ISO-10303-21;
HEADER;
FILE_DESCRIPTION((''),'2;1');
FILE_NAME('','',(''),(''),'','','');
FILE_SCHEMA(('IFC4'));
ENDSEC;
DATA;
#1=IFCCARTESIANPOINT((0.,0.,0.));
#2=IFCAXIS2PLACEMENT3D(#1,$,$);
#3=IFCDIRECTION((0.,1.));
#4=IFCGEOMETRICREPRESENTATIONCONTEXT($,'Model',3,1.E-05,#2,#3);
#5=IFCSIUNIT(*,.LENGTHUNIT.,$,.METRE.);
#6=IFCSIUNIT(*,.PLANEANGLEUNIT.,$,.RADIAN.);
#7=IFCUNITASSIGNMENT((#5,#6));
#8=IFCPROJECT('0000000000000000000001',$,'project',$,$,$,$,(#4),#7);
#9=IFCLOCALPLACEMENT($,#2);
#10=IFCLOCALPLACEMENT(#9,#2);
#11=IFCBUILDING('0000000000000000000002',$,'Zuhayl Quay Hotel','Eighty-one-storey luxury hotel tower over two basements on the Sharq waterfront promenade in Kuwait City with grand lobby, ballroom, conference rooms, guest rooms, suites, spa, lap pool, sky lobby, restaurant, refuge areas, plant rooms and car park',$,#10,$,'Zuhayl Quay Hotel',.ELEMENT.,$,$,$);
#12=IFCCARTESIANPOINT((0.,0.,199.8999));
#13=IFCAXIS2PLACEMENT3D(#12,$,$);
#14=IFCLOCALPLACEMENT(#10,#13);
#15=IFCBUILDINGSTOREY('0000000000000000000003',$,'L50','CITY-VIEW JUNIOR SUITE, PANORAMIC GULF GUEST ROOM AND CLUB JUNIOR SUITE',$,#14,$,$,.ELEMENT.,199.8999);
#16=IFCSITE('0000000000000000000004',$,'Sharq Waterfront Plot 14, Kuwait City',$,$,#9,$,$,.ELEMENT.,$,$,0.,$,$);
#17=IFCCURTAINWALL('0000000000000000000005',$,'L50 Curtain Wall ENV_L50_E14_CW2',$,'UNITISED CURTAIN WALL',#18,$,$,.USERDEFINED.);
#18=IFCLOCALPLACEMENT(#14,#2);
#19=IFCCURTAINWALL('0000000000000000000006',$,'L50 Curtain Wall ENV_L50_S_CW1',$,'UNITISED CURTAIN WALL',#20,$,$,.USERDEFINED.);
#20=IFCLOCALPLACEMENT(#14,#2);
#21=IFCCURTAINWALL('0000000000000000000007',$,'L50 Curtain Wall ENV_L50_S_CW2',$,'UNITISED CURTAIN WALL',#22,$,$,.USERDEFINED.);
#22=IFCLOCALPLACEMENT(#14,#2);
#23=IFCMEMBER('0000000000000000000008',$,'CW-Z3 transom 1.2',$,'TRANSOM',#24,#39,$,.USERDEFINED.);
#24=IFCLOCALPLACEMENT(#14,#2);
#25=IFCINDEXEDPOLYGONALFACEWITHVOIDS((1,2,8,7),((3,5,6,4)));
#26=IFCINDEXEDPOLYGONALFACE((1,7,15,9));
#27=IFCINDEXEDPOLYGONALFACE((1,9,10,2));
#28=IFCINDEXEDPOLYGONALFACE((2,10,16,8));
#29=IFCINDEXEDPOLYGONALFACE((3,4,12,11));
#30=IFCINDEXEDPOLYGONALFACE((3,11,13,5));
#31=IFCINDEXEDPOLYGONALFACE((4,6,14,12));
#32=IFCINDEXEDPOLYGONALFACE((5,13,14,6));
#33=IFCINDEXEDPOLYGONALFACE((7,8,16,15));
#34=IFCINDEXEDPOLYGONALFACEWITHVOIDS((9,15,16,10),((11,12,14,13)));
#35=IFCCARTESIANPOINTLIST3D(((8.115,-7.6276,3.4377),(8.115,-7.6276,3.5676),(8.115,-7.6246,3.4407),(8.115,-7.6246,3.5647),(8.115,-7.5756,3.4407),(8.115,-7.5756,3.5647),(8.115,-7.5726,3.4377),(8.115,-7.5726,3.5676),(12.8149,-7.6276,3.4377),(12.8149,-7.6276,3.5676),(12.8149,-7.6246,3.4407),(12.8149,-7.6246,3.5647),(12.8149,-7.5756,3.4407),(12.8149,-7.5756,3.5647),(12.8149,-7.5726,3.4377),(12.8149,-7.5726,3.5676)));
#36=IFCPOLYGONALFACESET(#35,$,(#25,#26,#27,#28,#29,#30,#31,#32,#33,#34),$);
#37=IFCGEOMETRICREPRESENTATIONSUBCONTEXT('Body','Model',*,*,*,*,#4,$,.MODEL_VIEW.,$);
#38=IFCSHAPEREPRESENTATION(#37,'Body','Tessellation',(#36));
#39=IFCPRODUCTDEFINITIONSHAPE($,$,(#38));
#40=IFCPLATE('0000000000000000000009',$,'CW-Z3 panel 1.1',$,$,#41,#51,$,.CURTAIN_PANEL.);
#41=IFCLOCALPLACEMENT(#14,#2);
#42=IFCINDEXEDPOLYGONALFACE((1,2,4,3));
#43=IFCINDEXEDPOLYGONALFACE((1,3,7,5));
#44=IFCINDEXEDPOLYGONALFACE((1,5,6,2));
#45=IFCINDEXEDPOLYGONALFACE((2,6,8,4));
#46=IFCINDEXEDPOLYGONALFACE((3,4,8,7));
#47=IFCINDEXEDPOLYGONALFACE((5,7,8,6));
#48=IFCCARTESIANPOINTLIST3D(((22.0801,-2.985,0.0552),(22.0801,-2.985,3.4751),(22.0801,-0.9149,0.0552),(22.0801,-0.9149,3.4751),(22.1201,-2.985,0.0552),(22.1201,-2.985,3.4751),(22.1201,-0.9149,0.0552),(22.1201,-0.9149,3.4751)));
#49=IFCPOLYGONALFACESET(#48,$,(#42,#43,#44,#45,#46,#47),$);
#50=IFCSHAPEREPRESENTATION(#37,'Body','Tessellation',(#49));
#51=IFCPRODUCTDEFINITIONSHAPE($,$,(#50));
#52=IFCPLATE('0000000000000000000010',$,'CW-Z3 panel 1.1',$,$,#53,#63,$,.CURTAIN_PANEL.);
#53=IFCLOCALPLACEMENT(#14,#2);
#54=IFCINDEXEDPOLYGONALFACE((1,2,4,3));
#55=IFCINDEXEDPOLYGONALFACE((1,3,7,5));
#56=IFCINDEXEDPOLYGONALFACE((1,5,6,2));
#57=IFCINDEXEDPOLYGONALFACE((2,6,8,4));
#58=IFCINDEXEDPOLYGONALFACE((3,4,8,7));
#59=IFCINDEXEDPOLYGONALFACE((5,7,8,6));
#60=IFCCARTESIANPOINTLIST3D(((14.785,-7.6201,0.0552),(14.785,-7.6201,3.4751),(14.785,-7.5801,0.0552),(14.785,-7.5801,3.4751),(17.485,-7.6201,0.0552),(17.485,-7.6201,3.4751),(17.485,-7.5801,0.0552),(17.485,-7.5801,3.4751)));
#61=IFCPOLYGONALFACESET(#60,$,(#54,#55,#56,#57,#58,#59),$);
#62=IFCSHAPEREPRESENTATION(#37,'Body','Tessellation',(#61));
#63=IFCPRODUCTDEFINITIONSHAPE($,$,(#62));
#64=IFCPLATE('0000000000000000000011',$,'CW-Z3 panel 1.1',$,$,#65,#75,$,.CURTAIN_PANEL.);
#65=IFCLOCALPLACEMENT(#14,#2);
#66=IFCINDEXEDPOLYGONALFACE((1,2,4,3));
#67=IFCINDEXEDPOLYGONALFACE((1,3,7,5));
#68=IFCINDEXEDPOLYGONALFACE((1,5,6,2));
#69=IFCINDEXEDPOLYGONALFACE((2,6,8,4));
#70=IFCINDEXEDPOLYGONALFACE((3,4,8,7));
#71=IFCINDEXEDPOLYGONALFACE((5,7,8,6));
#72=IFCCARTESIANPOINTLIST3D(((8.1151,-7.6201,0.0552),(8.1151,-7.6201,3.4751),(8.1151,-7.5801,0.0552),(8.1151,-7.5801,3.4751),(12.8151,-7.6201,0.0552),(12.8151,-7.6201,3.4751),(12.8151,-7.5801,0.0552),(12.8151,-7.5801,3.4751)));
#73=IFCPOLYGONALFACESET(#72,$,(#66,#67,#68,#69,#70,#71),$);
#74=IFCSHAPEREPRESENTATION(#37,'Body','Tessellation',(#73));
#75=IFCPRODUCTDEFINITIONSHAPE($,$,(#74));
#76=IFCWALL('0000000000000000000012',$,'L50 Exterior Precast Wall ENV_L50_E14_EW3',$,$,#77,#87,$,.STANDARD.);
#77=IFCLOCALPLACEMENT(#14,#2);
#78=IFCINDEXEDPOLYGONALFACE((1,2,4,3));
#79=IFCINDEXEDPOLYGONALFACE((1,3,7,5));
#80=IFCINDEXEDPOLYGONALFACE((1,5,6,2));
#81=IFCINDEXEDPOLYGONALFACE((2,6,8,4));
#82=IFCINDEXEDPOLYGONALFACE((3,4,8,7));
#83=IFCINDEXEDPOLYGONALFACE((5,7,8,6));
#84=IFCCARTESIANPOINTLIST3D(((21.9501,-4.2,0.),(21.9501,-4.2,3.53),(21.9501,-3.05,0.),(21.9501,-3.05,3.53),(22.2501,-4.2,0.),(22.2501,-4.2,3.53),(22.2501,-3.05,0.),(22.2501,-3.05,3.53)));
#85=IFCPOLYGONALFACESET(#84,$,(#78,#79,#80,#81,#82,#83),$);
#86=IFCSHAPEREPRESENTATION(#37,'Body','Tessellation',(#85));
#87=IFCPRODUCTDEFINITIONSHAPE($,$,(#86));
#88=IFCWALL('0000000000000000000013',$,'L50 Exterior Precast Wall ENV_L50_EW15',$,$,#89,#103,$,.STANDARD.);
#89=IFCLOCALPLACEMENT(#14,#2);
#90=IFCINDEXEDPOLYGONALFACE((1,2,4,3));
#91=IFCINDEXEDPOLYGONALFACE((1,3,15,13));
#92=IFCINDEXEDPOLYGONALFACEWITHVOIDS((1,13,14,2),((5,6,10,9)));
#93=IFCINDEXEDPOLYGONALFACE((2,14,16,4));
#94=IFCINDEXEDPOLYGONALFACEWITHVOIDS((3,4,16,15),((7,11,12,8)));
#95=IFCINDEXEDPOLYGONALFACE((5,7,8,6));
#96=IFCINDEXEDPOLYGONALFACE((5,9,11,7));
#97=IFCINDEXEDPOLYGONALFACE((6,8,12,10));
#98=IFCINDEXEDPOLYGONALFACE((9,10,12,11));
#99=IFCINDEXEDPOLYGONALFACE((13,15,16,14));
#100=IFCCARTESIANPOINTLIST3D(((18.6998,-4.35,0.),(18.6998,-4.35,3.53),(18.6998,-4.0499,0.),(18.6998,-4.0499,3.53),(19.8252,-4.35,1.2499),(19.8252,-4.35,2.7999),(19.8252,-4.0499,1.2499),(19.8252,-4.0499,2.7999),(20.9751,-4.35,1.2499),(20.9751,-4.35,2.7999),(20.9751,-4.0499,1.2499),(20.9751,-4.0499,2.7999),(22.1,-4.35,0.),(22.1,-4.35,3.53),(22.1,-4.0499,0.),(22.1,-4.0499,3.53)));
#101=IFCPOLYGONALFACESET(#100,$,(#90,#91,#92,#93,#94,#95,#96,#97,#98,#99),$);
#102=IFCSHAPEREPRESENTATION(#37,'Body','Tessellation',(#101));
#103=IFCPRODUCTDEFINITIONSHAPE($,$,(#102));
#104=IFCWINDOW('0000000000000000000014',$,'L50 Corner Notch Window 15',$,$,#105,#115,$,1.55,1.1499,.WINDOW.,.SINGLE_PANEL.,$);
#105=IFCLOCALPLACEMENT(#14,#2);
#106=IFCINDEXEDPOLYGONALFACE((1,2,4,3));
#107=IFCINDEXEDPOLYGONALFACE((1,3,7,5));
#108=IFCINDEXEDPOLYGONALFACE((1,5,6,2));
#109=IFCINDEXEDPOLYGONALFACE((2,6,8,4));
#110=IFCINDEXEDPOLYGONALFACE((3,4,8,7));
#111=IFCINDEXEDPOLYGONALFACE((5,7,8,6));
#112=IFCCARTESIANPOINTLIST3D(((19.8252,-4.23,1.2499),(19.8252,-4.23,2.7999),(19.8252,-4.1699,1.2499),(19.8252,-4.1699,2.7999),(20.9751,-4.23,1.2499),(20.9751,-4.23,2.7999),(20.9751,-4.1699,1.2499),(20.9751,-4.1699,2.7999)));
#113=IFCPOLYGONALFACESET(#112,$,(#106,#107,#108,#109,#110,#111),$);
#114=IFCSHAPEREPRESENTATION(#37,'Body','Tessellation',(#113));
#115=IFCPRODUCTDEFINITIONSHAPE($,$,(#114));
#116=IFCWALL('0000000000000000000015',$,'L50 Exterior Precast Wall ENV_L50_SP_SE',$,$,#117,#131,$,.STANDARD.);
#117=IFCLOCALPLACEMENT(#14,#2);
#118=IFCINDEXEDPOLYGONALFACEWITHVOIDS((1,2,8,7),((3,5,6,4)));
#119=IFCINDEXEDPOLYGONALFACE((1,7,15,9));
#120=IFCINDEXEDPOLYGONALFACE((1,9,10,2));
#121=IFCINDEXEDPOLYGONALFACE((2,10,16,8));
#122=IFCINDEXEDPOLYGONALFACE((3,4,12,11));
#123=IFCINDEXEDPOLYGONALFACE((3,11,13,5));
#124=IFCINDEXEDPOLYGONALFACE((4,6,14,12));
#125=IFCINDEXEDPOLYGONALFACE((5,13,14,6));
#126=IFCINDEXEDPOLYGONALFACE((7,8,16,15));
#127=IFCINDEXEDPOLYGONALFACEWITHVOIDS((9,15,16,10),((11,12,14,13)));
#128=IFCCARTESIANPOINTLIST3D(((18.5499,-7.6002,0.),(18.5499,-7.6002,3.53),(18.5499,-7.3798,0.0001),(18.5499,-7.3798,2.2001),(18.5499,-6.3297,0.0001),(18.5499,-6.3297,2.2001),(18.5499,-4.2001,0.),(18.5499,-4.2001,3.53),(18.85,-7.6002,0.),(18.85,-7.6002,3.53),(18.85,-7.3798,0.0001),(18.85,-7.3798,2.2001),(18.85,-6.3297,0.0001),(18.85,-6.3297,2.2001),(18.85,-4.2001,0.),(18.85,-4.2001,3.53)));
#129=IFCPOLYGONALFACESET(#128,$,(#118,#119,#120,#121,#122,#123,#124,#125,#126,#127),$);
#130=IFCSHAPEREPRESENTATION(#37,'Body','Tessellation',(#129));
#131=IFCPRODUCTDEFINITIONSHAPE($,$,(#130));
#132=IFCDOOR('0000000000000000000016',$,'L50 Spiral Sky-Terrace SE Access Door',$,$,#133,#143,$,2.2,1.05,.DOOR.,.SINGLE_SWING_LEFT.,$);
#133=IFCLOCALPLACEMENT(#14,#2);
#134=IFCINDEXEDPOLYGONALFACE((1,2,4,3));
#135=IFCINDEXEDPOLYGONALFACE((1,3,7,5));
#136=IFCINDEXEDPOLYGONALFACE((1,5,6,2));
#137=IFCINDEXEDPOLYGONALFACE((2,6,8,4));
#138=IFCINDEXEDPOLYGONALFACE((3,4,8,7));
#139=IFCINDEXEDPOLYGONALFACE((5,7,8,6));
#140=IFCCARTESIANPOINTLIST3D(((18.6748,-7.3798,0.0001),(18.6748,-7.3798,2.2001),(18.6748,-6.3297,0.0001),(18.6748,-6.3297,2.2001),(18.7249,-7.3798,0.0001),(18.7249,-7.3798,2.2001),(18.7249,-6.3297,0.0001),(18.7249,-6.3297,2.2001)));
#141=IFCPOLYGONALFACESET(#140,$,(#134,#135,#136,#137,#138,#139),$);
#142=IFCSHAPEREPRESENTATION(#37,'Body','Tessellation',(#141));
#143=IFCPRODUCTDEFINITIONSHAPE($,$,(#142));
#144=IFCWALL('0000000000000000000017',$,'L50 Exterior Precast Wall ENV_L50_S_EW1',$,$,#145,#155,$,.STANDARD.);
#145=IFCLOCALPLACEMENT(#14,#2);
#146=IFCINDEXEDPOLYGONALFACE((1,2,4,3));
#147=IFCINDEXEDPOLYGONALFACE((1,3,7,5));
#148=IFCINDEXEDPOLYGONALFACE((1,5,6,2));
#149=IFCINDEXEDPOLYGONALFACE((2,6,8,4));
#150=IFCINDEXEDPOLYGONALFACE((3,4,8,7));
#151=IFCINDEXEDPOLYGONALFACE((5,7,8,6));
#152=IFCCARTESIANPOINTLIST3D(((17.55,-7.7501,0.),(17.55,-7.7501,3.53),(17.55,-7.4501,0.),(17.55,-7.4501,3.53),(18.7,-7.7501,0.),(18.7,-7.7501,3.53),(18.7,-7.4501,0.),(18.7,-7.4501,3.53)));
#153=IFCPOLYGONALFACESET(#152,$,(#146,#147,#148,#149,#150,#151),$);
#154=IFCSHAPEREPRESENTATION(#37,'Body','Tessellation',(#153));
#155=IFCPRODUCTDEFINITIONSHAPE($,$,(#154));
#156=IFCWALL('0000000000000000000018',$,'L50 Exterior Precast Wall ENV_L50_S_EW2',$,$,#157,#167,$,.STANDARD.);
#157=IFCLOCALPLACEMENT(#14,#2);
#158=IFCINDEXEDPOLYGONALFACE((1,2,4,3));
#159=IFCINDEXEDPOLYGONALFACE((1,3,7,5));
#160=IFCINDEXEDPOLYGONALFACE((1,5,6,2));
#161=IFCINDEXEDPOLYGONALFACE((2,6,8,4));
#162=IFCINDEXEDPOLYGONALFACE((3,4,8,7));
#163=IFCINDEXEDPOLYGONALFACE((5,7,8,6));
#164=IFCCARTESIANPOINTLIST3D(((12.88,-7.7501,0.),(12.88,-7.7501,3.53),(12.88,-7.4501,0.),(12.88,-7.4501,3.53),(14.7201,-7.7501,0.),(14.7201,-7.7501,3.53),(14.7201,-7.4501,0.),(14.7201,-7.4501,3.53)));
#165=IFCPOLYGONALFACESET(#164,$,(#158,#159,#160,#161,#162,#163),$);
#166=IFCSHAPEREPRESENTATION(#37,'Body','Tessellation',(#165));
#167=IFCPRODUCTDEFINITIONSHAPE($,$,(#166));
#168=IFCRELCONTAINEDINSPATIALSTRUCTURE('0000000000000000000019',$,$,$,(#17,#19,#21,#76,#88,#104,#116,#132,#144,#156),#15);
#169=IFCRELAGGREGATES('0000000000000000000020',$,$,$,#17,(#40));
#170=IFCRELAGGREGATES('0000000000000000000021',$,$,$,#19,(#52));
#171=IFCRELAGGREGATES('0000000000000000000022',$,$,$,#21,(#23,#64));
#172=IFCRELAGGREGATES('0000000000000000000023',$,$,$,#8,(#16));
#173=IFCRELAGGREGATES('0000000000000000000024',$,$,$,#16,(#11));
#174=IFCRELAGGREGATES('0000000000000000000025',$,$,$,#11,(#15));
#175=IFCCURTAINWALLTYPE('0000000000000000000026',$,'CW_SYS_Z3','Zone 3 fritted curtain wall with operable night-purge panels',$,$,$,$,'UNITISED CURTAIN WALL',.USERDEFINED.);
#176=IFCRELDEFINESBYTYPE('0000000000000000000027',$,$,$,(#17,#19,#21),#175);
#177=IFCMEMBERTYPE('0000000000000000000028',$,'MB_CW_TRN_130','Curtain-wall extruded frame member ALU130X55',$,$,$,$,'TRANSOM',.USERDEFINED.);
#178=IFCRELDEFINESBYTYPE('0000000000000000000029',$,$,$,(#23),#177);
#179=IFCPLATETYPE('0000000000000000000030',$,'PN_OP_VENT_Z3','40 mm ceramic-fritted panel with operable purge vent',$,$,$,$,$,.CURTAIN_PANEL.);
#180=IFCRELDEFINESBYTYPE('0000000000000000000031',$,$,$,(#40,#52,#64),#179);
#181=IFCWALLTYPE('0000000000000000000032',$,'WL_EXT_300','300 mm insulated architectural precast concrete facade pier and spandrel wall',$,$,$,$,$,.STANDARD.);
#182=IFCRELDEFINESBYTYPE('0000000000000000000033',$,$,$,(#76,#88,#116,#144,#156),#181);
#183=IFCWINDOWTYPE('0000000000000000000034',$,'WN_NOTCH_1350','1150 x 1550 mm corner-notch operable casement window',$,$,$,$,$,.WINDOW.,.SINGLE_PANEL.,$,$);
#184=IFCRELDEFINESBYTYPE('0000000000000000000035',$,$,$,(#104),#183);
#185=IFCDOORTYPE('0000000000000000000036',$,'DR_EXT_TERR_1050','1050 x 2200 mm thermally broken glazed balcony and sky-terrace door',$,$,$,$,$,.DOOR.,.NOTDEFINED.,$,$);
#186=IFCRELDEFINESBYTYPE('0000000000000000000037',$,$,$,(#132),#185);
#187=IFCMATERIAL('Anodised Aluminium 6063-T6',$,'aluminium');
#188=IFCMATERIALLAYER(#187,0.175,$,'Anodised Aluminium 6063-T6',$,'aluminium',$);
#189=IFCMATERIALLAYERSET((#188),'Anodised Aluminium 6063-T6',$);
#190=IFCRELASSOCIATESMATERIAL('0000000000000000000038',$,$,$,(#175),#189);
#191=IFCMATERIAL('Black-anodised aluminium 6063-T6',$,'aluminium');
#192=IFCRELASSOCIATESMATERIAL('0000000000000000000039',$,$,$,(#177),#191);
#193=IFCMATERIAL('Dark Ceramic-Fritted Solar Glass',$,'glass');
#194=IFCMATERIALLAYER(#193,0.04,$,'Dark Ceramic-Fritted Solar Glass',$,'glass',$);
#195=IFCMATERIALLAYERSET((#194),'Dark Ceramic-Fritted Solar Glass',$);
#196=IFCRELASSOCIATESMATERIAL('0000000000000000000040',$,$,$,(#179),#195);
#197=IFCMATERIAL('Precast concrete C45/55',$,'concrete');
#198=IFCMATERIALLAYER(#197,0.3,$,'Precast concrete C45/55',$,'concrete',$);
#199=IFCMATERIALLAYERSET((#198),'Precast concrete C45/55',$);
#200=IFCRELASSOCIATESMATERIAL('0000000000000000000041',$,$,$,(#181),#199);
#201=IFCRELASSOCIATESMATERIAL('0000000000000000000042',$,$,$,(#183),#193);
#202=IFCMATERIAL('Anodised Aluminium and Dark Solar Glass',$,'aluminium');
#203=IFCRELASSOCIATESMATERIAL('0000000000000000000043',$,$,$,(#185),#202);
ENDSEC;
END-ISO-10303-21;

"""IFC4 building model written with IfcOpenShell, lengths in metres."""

from ifc_helpers import new_model, si_unit, direction, frame, frame_2d, origin, origin_2d, place, context, subcontext, project, spatial, rectangle, hollow_rectangle, extrude, material, layer, layer_set, material_profile, profile_set, type_object, element, fill, aggregate, save


model = new_model("IFC4")

# Units and contexts
model_context = context("Model", 3, precision=1e-05, world=origin(), true_north=direction((0.0, 1.0)))
body_context = subcontext(model_context, "Body", "Model", "MODEL_VIEW")
ifc_project = project(units=[si_unit("LENGTHUNIT", "METRE"), si_unit("PLANEANGLEUNIT", "RADIAN")], contexts=[model_context])

# Site, building, storey
site_placement = place(None, origin())
site = spatial("IfcSite", under=ifc_project, at=site_placement, Name="Sharq Waterfront Plot 14, Kuwait City", CompositionType="ELEMENT", RefElevation=0.0)
building_placement = place(site_placement, origin())
building = spatial("IfcBuilding", under=site, at=building_placement, Name="Zuhayl Quay Hotel", Description="Eighty-one-storey luxury hotel tower over two basements on the Sharq waterfront promenade in Kuwait City with grand lobby, ballroom, conference rooms, guest rooms, suites, spa, lap pool, sky lobby, restaurant, refuge areas, plant rooms and car park", LongName="Zuhayl Quay Hotel", CompositionType="ELEMENT")
storey_placement = place(building_placement, frame((0.0, 0.0, 199.8999)))
storey = spatial("IfcBuildingStorey", under=building, at=storey_placement, Name="L50", Description="CITY-VIEW JUNIOR SUITE, PANORAMIC GULF GUEST ROOM AND CLUB JUNIOR SUITE", CompositionType="ELEMENT", Elevation=199.8999)

# Curtain wall
ifc_material_1 = material(Name="Anodised Aluminium 6063-T6", Category="aluminium")
ifc_layer_1 = layer(ifc_material_1, 0.175, Name="Anodised Aluminium 6063-T6", Category="aluminium")
ifc_layer_set_1 = layer_set([ifc_layer_1], Name="Anodised Aluminium 6063-T6")
curtain_wall_type = type_object("IfcCurtainWallType", Name="CW_SYS_Z3", Description="Zone 3 fritted curtain wall with operable night-purge panels", ElementType="UNITISED CURTAIN WALL", PredefinedType="USERDEFINED", material=ifc_layer_set_1)
curtain_wall_1_placement = place(storey_placement, origin())
curtain_wall_1 = element("IfcCurtainWall", 1, at=curtain_wall_1_placement, inside=storey, type_object=curtain_wall_type, Name="L50 Curtain Wall ENV_L50_E14_CW2", ObjectType="UNITISED CURTAIN WALL", PredefinedType="USERDEFINED")
ifc_material_2 = material(Name="Black-anodised aluminium 6063-T6", Category="aluminium")

# Curtain wall
curtain_wall_2_placement = place(storey_placement, origin())
curtain_wall_2 = element("IfcCurtainWall", 2, at=curtain_wall_2_placement, inside=storey, type_object=curtain_wall_type, Name="L50 Curtain Wall ENV_L50_S_CW1", ObjectType="UNITISED CURTAIN WALL", PredefinedType="USERDEFINED")

# Curtain wall
curtain_wall_3_placement = place(storey_placement, origin())
curtain_wall_3 = element("IfcCurtainWall", 3, at=curtain_wall_3_placement, inside=storey, type_object=curtain_wall_type, Name="L50 Curtain Wall ENV_L50_S_CW2", ObjectType="UNITISED CURTAIN WALL", PredefinedType="USERDEFINED")

# Member
ifc_material_profile_1 = material_profile(ifc_material_2, hollow_rectangle(XDim=0.0549, YDim=0.1299, WallThickness=0.0029, at=origin_2d()), Name="ALU130X55")
ifc_profile_set_1 = profile_set([ifc_material_profile_1], Name="Black-anodised aluminium 6063-T6")
member_type_1 = type_object("IfcMemberType", Name="MB_CW_TRN_130", Description="Curtain-wall extruded frame member ALU130X55", ElementType="TRANSOM", PredefinedType="USERDEFINED", material=ifc_profile_set_1)
member_1_placement = place(storey_placement, frame((12.8149, -7.6001, 3.5027), z_axis=(-1.0, 0.0, 0.0), x_axis=(0.0, -1.0, 0.0)))
member_1 = element("IfcMember", 4, at=member_1_placement, type_object=member_type_1, Name="CW-Z3 transom 1.2", ObjectType="TRANSOM", PredefinedType="USERDEFINED", context=body_context, shape_type="SweptSolid", body=[
    extrude(hollow_rectangle(XDim=0.0549, YDim=0.1299, WallThickness=0.0029, at=origin_2d()), origin(), (0.0, 0.0, 1.0), 4.7),
])

# Plates
ifc_material_3 = material(Name="Dark Ceramic-Fritted Solar Glass", Category="glass")
ifc_layer_2 = layer(ifc_material_3, 0.04, Name="Dark Ceramic-Fritted Solar Glass", Category="glass")
ifc_layer_set_2 = layer_set([ifc_layer_2], Name="Dark Ceramic-Fritted Solar Glass")
plate_type = type_object("IfcPlateType", Name="PN_OP_VENT_Z3", Description="40 mm ceramic-fritted panel with operable purge vent", PredefinedType="CURTAIN_PANEL", material=ifc_layer_set_2)
plate_1_placement = place(storey_placement, frame((22.1001, -1.95, 0.0552), z_axis=(0.0, 0.0, 1.0), x_axis=(0.0, -1.0, 0.0)))
plate_1 = element("IfcPlate", 5, at=plate_1_placement, type_object=plate_type, Name="CW-Z3 panel 1.1", PredefinedType="CURTAIN_PANEL", context=body_context, shape_type="SweptSolid", body=[
    extrude(rectangle(XDim=2.0701, YDim=0.04, at=origin_2d()), origin(), (0.0, 0.0, 1.0), 3.4199),
])
aggregate(curtain_wall_1, [plate_1])
plate_2_placement = place(storey_placement, frame((16.135, -7.6001, 0.0552), z_axis=(0.0, 0.0, 1.0), x_axis=(-1.0, 0.0, 0.0)))
plate_2 = element("IfcPlate", 6, at=plate_2_placement, type_object=plate_type, Name="CW-Z3 panel 1.1", PredefinedType="CURTAIN_PANEL", context=body_context, shape_type="SweptSolid", body=[
    extrude(rectangle(XDim=2.7, YDim=0.04, at=origin_2d()), origin(), (0.0, 0.0, 1.0), 3.4199),
])
aggregate(curtain_wall_2, [plate_2])
plate_3_placement = place(storey_placement, frame((10.4651, -7.6001, 0.0552), z_axis=(0.0, 0.0, 1.0), x_axis=(-1.0, 0.0, 0.0)))
plate_3 = element("IfcPlate", 7, at=plate_3_placement, type_object=plate_type, Name="CW-Z3 panel 1.1", PredefinedType="CURTAIN_PANEL", context=body_context, shape_type="SweptSolid", body=[
    extrude(rectangle(XDim=4.7, YDim=0.04, at=origin_2d()), origin(), (0.0, 0.0, 1.0), 3.4199),
])
aggregate(curtain_wall_3, [member_1, plate_3])

# Wall
ifc_material_4 = material(Name="Precast concrete C45/55", Category="concrete")
ifc_layer_3 = layer(ifc_material_4, 0.3, Name="Precast concrete C45/55", Category="concrete")
ifc_layer_set_3 = layer_set([ifc_layer_3], Name="Precast concrete C45/55")
wall_type_1 = type_object("IfcWallType", Name="WL_EXT_300", Description="300 mm insulated architectural precast concrete facade pier and spandrel wall", PredefinedType="STANDARD", material=ifc_layer_set_3)
wall_1_placement = place(storey_placement, frame((22.1001, -3.05, 0.0), z_axis=(0.0, 0.0, 1.0), x_axis=(0.0, -1.0, 0.0)))
element("IfcWall", 8, at=wall_1_placement, inside=storey, type_object=wall_type_1, Name="L50 Exterior Precast Wall ENV_L50_E14_EW3", PredefinedType="STANDARD", context=body_context, shape_type="SweptSolid", body=[
    extrude(rectangle(XDim=1.1499, YDim=0.3, at=frame_2d((0.575, 0.0))), origin(), (0.0, 0.0, 1.0), 3.53),
])

# Wall, opening, window
wall_2_placement = place(storey_placement, frame((22.1001, -4.2, 0.0), z_axis=(0.0, 0.0, 1.0), x_axis=(-1.0, 0.0, 0.0)))
wall_2 = element("IfcWall", 9, at=wall_2_placement, inside=storey, type_object=wall_type_1, Name="L50 Exterior Precast Wall ENV_L50_EW15", PredefinedType="STANDARD", context=body_context, shape_type="SweptSolid", body=[
    extrude(rectangle(XDim=3.4001, YDim=0.3, at=frame_2d((1.7002, 0.0))), origin(), (0.0, 0.0, 1.0), 3.53),
])
opening_1_placement = place(wall_2_placement, frame((1.125, 0.0, 1.25)))
opening_1 = element("IfcOpeningElement", 10, at=opening_1_placement, cuts=wall_2, PredefinedType="OPENING", context=body_context, shape_type="SweptSolid", body=[
    extrude(rectangle(XDim=1.1499, YDim=1.55, at=frame_2d((0.575, 0.7749))), frame((0.0, 0.1599, 0.0), z_axis=(0.0, -1.0, 0.0), x_axis=(1.0, 0.0, 0.0)), (0.0, 0.0, 1.0), 0.3201),
])
window_type = type_object("IfcWindowType", Name="WN_NOTCH_1350", Description="1150 x 1550 mm corner-notch operable casement window", PartitioningType="SINGLE_PANEL", PredefinedType="WINDOW", material=ifc_material_3)
window_placement = place(opening_1_placement, origin())
window = element("IfcWindow", 11, at=window_placement, inside=storey, type_object=window_type, Name="L50 Corner Notch Window 15", OverallHeight=1.55, OverallWidth=1.1499, PartitioningType="SINGLE_PANEL", PredefinedType="WINDOW", context=body_context, shape_type="SweptSolid", body=[
    extrude(rectangle(XDim=1.1499, YDim=1.55, at=frame_2d((0.575, 0.7749))), frame((0.0, 0.03, 0.0), z_axis=(0.0, -1.0, 0.0), x_axis=(1.0, 0.0, 0.0)), (0.0, 0.0, 1.0), 0.0601),
])
fill(opening_1, window)

# Wall, opening, door
wall_3_placement = place(storey_placement, frame((18.7, -4.2, 0.0), z_axis=(0.0, 0.0, 1.0), x_axis=(0.0, -1.0, 0.0)))
wall_3 = element("IfcWall", 12, at=wall_3_placement, inside=storey, type_object=wall_type_1, Name="L50 Exterior Precast Wall ENV_L50_SP_SE", PredefinedType="STANDARD", context=body_context, shape_type="SweptSolid", body=[
    extrude(rectangle(XDim=3.4001, YDim=0.3, at=frame_2d((1.7002, 0.0))), origin(), (0.0, 0.0, 1.0), 3.53),
])
opening_2_placement = place(wall_3_placement, frame((2.1299, 0.0, 0.0)))
opening_2 = element("IfcOpeningElement", 13, at=opening_2_placement, cuts=wall_3, PredefinedType="OPENING", context=body_context, shape_type="SweptSolid", body=[
    extrude(rectangle(XDim=1.05, YDim=2.2, at=frame_2d((0.5249, 1.1001))), frame((0.0, 0.1599, 0.0), z_axis=(0.0, -1.0, 0.0), x_axis=(1.0, 0.0, 0.0)), (0.0, 0.0, 1.0), 0.3201),
])
ifc_material_5 = material(Name="Anodised Aluminium and Dark Solar Glass", Category="aluminium")
door_type_1 = type_object("IfcDoorType", Name="DR_EXT_TERR_1050", Description="1050 x 2200 mm thermally broken glazed balcony and sky-terrace door", OperationType="NOTDEFINED", PredefinedType="DOOR", material=ifc_material_5)
door_1_placement = place(opening_2_placement, origin())
door_1 = element("IfcDoor", 14, at=door_1_placement, inside=storey, type_object=door_type_1, Name="L50 Spiral Sky-Terrace SE Access Door", OperationType="SINGLE_SWING_LEFT", OverallHeight=2.2, OverallWidth=1.05, PredefinedType="DOOR", context=body_context, shape_type="SweptSolid", body=[
    extrude(rectangle(XDim=1.05, YDim=2.2, at=frame_2d((0.5249, 1.1001))), frame((0.0, 0.0249, 0.0), z_axis=(0.0, -1.0, 0.0), x_axis=(1.0, 0.0, 0.0)), (0.0, 0.0, 1.0), 0.05),
])
fill(opening_2, door_1)

# Walls
wall_4_placement = place(storey_placement, frame((18.7, -7.6001, 0.0), z_axis=(0.0, 0.0, 1.0), x_axis=(-1.0, 0.0, 0.0)))
element("IfcWall", 15, at=wall_4_placement, inside=storey, type_object=wall_type_1, Name="L50 Exterior Precast Wall ENV_L50_S_EW1", PredefinedType="STANDARD", context=body_context, shape_type="SweptSolid", body=[
    extrude(rectangle(XDim=1.1499, YDim=0.3, at=frame_2d((0.575, 0.0))), origin(), (0.0, 0.0, 1.0), 3.53),
])
wall_5_placement = place(storey_placement, frame((14.72, -7.6001, 0.0), z_axis=(0.0, 0.0, 1.0), x_axis=(-1.0, 0.0, 0.0)))
element("IfcWall", 16, at=wall_5_placement, inside=storey, type_object=wall_type_1, Name="L50 Exterior Precast Wall ENV_L50_S_EW2", PredefinedType="STANDARD", context=body_context, shape_type="SweptSolid", body=[
    extrude(rectangle(XDim=1.8401, YDim=0.3, at=frame_2d((0.9199, 0.0))), origin(), (0.0, 0.0, 1.0), 3.53),
])

save(model, "model.ifc")
